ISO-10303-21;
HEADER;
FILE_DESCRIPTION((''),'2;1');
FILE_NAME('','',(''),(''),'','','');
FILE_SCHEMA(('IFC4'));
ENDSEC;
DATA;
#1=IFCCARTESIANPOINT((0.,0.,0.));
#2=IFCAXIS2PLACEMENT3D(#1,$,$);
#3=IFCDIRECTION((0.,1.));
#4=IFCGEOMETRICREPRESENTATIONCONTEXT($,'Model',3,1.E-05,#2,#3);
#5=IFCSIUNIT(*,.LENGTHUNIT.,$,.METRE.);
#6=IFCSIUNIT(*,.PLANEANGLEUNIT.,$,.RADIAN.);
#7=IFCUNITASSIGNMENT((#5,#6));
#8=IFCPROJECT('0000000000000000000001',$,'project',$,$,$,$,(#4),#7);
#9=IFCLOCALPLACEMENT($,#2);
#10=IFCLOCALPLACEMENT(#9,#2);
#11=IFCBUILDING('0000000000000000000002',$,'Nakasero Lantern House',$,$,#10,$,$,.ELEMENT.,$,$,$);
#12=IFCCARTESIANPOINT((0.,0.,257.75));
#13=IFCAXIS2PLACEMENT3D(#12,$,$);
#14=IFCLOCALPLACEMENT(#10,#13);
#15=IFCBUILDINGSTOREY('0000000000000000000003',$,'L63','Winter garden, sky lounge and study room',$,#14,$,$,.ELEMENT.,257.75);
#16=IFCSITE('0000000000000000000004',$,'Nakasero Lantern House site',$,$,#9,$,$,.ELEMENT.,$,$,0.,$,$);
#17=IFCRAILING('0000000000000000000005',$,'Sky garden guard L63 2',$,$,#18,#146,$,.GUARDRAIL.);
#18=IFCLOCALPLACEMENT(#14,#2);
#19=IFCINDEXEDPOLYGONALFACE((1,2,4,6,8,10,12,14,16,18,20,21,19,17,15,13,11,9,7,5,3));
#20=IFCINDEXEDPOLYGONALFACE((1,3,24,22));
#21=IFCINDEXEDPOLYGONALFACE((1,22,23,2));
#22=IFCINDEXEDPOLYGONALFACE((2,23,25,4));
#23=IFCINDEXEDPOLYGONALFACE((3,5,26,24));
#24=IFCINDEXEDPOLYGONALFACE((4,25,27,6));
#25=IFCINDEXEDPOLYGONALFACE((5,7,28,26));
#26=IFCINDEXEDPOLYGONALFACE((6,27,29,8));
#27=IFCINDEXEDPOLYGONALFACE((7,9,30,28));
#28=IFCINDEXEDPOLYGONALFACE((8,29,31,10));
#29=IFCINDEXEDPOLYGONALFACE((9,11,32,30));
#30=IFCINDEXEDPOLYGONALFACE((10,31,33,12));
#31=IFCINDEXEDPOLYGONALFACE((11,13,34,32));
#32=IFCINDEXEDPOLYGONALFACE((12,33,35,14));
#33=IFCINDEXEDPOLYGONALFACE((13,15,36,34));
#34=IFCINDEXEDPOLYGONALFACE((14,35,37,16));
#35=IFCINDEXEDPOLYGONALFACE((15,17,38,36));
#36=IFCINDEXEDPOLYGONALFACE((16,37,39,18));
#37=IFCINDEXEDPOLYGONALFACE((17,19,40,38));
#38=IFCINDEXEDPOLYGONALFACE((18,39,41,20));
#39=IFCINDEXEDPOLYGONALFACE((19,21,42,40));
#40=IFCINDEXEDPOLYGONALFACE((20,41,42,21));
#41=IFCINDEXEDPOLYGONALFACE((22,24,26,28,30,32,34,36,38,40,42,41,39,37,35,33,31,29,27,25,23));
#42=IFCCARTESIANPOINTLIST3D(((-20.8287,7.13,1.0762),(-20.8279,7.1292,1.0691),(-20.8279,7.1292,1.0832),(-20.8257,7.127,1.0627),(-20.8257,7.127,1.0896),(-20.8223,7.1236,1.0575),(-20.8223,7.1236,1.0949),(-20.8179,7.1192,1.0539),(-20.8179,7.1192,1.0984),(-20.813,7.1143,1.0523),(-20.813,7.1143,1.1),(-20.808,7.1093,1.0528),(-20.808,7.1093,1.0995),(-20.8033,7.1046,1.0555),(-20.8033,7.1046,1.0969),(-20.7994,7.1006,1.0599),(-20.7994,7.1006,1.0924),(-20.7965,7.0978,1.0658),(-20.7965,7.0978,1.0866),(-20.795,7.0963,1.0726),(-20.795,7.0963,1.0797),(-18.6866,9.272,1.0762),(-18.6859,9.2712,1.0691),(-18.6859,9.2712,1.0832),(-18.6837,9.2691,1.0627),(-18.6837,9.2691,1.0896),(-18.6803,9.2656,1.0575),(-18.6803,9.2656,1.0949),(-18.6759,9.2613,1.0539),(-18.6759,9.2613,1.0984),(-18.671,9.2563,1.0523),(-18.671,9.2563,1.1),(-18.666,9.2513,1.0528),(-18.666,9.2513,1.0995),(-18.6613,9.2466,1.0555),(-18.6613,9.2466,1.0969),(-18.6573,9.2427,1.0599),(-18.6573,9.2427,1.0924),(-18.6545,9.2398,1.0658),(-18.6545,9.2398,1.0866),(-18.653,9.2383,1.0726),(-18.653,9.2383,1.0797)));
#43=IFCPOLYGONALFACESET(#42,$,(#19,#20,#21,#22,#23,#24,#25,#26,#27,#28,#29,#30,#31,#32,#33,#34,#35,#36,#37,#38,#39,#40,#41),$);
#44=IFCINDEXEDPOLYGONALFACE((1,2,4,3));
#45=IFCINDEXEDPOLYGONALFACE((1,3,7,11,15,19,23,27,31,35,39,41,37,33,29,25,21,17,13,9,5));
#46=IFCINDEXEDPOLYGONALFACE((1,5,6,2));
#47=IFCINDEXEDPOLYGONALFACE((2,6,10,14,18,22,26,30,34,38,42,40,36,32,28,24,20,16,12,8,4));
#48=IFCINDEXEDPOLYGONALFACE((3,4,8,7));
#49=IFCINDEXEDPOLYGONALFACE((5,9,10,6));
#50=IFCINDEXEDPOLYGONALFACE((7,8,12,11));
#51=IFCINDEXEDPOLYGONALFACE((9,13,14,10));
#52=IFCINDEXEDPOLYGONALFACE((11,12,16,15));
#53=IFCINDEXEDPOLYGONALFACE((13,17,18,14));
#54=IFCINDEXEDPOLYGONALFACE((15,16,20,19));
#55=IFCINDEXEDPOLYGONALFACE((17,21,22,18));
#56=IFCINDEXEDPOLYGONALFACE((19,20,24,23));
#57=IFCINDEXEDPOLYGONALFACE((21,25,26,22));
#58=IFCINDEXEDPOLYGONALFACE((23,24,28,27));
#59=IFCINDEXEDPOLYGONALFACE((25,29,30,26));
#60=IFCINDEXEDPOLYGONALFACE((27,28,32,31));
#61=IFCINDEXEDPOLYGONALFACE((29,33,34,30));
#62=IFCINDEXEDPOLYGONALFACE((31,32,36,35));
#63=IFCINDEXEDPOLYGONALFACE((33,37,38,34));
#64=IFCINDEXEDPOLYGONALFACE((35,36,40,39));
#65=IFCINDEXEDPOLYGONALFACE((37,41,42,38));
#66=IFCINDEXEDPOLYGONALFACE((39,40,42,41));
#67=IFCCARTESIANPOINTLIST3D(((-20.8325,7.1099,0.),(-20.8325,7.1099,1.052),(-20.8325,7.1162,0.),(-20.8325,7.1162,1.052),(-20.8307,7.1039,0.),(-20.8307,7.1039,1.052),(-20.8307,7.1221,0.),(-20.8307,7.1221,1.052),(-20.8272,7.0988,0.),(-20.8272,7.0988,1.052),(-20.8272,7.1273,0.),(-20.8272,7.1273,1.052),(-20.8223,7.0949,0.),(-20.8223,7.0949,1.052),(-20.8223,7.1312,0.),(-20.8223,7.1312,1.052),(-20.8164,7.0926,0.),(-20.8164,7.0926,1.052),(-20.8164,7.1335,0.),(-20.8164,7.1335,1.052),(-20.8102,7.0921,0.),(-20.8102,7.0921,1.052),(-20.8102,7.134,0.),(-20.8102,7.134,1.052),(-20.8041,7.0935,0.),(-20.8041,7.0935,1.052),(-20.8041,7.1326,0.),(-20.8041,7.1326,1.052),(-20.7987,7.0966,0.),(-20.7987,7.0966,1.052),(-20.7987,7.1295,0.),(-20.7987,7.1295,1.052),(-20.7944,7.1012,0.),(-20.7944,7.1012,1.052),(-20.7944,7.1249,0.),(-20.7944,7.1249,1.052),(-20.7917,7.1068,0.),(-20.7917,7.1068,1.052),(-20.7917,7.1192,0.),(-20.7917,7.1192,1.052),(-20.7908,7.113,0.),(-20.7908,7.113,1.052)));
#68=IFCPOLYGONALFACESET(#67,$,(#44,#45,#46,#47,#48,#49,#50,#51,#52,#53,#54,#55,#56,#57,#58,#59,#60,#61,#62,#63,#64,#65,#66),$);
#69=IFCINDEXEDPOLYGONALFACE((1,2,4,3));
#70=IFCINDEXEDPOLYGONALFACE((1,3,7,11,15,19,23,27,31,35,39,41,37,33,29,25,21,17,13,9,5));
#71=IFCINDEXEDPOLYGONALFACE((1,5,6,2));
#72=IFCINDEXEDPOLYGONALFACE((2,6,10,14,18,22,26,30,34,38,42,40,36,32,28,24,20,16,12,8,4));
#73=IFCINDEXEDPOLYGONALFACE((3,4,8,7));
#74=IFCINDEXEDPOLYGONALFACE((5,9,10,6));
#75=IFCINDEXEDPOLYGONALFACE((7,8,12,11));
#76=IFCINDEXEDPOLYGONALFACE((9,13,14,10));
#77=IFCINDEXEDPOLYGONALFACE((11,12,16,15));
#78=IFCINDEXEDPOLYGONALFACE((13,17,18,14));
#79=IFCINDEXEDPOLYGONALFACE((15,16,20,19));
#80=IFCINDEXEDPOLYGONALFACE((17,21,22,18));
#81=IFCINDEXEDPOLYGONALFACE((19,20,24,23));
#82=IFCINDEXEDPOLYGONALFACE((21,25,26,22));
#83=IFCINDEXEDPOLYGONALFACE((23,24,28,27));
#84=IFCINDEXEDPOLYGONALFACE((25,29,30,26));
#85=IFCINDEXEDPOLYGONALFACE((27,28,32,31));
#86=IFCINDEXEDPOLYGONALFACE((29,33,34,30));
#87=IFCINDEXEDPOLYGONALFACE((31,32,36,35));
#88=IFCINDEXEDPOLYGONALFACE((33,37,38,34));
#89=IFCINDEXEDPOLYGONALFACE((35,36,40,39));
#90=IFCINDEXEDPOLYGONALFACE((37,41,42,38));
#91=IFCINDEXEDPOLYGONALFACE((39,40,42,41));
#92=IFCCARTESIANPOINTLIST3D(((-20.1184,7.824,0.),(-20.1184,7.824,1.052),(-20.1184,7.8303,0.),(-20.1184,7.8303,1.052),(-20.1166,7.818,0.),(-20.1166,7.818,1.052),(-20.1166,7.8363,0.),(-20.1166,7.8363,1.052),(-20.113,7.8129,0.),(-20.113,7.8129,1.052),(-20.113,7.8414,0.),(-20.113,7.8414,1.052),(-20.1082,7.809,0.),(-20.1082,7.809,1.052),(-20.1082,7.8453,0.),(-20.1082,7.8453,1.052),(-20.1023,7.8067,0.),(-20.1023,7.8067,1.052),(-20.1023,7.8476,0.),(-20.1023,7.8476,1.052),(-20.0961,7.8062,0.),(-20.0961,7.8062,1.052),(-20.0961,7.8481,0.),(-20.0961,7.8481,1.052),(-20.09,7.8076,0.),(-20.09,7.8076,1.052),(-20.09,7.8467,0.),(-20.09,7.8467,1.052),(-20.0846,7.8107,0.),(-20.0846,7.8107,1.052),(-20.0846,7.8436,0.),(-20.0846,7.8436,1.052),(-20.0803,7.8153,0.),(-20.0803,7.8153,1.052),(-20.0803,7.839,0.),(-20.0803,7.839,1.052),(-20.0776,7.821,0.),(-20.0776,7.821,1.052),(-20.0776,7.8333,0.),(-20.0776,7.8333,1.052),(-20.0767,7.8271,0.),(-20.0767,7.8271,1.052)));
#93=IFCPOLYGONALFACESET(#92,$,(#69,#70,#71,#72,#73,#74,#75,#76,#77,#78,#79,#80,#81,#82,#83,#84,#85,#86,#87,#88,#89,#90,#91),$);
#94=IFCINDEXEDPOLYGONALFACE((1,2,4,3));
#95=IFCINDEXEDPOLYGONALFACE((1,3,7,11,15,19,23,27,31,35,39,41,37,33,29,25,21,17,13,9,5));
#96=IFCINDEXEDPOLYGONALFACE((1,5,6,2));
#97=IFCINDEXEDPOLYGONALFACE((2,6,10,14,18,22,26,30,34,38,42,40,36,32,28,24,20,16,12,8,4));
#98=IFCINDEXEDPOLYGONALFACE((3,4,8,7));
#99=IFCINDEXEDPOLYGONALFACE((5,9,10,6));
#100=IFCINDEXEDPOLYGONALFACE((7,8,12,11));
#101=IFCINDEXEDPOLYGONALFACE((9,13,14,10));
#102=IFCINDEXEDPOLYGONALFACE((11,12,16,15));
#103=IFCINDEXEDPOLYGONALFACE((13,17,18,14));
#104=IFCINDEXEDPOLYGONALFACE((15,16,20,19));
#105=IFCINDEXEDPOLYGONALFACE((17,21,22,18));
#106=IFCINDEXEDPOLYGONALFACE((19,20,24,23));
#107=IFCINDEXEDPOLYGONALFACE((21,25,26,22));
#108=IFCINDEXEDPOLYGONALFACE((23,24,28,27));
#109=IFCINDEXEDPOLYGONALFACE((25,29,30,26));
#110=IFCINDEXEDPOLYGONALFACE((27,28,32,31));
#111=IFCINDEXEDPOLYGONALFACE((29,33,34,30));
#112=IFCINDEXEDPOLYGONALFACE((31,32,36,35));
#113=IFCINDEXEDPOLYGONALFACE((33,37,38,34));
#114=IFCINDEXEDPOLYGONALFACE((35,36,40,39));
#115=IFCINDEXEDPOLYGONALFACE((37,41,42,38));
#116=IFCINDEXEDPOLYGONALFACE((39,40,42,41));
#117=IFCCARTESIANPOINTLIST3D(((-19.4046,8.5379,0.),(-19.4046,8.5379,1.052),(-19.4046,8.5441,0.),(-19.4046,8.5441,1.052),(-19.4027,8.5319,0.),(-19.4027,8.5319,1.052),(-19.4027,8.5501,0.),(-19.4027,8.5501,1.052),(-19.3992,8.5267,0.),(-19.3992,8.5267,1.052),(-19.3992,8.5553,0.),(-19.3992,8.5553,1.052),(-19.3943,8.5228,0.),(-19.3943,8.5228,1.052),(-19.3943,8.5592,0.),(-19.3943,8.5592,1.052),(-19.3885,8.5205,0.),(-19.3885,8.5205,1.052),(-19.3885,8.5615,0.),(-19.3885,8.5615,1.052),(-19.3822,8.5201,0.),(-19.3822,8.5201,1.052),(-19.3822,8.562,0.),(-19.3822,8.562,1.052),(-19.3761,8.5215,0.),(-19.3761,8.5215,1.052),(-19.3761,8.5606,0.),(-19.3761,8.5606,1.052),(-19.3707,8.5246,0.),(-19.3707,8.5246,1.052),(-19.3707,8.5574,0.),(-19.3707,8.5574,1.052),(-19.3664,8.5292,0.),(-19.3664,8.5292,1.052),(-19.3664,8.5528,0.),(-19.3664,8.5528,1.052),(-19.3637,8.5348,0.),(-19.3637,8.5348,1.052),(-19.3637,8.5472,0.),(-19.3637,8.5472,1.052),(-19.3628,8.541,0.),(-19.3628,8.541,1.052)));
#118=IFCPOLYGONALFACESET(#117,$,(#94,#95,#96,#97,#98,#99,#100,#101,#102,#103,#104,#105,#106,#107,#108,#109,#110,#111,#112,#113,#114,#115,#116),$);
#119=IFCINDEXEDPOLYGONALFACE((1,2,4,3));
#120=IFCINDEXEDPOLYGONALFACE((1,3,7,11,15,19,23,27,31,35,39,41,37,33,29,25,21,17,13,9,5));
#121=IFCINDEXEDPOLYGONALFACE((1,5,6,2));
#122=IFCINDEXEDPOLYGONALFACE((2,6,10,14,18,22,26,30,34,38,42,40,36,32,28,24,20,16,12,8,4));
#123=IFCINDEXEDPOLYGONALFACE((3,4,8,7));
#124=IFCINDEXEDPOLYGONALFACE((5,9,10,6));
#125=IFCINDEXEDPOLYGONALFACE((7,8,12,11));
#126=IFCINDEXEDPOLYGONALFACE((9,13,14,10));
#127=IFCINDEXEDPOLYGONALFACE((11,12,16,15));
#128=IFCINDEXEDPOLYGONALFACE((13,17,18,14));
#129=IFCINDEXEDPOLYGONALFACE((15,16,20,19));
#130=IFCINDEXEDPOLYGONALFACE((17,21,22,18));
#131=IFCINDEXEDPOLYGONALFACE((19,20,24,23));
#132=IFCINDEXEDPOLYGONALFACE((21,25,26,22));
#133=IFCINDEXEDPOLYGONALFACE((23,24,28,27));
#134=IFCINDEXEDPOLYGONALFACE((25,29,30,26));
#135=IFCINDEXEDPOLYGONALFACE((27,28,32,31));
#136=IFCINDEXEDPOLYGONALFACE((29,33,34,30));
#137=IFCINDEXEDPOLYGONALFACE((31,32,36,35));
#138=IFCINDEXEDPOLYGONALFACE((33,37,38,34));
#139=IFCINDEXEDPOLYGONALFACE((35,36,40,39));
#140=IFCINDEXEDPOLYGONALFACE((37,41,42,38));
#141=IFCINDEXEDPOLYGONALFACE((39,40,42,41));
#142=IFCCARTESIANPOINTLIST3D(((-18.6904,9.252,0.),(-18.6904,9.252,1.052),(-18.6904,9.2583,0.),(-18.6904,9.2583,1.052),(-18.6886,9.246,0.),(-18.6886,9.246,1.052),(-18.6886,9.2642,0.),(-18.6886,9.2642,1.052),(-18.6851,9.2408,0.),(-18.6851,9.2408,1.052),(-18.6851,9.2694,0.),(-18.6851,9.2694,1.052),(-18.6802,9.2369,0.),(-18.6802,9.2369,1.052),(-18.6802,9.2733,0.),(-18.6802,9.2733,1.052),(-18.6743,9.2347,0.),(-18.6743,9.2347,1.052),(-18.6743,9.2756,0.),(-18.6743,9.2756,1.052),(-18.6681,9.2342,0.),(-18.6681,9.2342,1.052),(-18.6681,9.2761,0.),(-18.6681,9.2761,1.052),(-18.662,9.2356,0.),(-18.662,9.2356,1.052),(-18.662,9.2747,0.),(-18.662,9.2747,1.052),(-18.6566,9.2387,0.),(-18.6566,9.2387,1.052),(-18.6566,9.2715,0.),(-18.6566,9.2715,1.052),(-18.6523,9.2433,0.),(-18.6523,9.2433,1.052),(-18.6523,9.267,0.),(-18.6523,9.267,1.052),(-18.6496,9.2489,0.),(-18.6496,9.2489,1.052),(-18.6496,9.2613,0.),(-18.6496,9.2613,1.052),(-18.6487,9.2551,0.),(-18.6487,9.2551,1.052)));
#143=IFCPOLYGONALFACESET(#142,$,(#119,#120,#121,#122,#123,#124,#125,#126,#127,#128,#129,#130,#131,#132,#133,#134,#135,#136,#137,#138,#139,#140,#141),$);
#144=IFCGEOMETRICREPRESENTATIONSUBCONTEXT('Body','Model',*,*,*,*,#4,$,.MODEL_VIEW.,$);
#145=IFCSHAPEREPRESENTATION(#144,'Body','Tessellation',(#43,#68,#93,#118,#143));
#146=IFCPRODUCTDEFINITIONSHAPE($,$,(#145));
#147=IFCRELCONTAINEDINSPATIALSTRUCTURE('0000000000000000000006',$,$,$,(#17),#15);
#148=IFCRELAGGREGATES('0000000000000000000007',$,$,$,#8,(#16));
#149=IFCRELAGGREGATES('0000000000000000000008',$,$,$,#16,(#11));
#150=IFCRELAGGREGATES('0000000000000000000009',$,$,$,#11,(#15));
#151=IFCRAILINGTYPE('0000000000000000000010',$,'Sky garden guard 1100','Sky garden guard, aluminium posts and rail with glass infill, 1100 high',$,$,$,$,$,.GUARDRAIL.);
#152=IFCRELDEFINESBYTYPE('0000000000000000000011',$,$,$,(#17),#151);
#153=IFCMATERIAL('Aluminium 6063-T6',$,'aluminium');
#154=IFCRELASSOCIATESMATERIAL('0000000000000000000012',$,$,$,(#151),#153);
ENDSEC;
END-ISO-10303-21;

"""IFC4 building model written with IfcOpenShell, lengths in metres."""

from ifc_helpers import new_model, si_unit, direction, frame, origin, origin_2d, place, context, subcontext, project, spatial, circle, extrude, material, type_object, element, save


model = new_model("IFC4")

# Units and contexts
model_context = context("Model", 3, precision=1e-05, world=origin(), true_north=direction((0.0, 1.0)))
body_context = subcontext(model_context, "Body", "Model", "MODEL_VIEW")
ifc_project = project(units=[si_unit("LENGTHUNIT", "METRE"), si_unit("PLANEANGLEUNIT", "RADIAN")], contexts=[model_context])

# Site, building, storey
site_placement = place(None, origin())
site = spatial("IfcSite", under=ifc_project, at=site_placement, Name="Nakasero Lantern House site", CompositionType="ELEMENT", RefElevation=0.0)
building_placement = place(site_placement, origin())
building = spatial("IfcBuilding", under=site, at=building_placement, Name="Nakasero Lantern House", CompositionType="ELEMENT")
storey_placement = place(building_placement, frame((0.0, 0.0, 257.75)))
storey = spatial("IfcBuildingStorey", under=building, at=storey_placement, Name="L63", Description="Winter garden, sky lounge and study room", CompositionType="ELEMENT", Elevation=257.75)

# Railing
ifc_material_1 = material(Name="Aluminium 6063-T6", Category="aluminium")
railing_type = type_object("IfcRailingType", Name="Sky garden guard 1100", Description="Sky garden guard, aluminium posts and rail with glass infill, 1100 high", PredefinedType="GUARDRAIL", material=ifc_material_1)
railing_1_placement = place(storey_placement, frame((-20.8118, 7.113, 0.0)))
element("IfcRailing", 1, at=railing_1_placement, inside=storey, type_object=railing_type, Name="Sky garden guard L63 2", PredefinedType="GUARDRAIL", context=body_context, shape_type="SweptSolid", body=[
    extrude(circle(Radius=0.0239, at=origin_2d()), frame((0.0, 0.0, 1.0762), z_axis=(0.707107, 0.707107, 0.0), x_axis=(-0.707107, 0.707107, 0.0)), (0.0, 0.0, 1.0), 3.0293),
    extrude(circle(Radius=0.021, at=origin_2d()), origin(), (0.0, 0.0, 1.0), 1.052),
    extrude(circle(Radius=0.021, at=origin_2d()), frame((0.7141, 0.7141, 0.0)), (0.0, 0.0, 1.0), 1.052),
    extrude(circle(Radius=0.021, at=origin_2d()), frame((1.428, 1.428, 0.0)), (0.0, 0.0, 1.0), 1.052),
    extrude(circle(Radius=0.021, at=origin_2d()), frame((2.1421, 2.1421, 0.0)), (0.0, 0.0, 1.0), 1.052),
])

save(model, "model.ifc")
